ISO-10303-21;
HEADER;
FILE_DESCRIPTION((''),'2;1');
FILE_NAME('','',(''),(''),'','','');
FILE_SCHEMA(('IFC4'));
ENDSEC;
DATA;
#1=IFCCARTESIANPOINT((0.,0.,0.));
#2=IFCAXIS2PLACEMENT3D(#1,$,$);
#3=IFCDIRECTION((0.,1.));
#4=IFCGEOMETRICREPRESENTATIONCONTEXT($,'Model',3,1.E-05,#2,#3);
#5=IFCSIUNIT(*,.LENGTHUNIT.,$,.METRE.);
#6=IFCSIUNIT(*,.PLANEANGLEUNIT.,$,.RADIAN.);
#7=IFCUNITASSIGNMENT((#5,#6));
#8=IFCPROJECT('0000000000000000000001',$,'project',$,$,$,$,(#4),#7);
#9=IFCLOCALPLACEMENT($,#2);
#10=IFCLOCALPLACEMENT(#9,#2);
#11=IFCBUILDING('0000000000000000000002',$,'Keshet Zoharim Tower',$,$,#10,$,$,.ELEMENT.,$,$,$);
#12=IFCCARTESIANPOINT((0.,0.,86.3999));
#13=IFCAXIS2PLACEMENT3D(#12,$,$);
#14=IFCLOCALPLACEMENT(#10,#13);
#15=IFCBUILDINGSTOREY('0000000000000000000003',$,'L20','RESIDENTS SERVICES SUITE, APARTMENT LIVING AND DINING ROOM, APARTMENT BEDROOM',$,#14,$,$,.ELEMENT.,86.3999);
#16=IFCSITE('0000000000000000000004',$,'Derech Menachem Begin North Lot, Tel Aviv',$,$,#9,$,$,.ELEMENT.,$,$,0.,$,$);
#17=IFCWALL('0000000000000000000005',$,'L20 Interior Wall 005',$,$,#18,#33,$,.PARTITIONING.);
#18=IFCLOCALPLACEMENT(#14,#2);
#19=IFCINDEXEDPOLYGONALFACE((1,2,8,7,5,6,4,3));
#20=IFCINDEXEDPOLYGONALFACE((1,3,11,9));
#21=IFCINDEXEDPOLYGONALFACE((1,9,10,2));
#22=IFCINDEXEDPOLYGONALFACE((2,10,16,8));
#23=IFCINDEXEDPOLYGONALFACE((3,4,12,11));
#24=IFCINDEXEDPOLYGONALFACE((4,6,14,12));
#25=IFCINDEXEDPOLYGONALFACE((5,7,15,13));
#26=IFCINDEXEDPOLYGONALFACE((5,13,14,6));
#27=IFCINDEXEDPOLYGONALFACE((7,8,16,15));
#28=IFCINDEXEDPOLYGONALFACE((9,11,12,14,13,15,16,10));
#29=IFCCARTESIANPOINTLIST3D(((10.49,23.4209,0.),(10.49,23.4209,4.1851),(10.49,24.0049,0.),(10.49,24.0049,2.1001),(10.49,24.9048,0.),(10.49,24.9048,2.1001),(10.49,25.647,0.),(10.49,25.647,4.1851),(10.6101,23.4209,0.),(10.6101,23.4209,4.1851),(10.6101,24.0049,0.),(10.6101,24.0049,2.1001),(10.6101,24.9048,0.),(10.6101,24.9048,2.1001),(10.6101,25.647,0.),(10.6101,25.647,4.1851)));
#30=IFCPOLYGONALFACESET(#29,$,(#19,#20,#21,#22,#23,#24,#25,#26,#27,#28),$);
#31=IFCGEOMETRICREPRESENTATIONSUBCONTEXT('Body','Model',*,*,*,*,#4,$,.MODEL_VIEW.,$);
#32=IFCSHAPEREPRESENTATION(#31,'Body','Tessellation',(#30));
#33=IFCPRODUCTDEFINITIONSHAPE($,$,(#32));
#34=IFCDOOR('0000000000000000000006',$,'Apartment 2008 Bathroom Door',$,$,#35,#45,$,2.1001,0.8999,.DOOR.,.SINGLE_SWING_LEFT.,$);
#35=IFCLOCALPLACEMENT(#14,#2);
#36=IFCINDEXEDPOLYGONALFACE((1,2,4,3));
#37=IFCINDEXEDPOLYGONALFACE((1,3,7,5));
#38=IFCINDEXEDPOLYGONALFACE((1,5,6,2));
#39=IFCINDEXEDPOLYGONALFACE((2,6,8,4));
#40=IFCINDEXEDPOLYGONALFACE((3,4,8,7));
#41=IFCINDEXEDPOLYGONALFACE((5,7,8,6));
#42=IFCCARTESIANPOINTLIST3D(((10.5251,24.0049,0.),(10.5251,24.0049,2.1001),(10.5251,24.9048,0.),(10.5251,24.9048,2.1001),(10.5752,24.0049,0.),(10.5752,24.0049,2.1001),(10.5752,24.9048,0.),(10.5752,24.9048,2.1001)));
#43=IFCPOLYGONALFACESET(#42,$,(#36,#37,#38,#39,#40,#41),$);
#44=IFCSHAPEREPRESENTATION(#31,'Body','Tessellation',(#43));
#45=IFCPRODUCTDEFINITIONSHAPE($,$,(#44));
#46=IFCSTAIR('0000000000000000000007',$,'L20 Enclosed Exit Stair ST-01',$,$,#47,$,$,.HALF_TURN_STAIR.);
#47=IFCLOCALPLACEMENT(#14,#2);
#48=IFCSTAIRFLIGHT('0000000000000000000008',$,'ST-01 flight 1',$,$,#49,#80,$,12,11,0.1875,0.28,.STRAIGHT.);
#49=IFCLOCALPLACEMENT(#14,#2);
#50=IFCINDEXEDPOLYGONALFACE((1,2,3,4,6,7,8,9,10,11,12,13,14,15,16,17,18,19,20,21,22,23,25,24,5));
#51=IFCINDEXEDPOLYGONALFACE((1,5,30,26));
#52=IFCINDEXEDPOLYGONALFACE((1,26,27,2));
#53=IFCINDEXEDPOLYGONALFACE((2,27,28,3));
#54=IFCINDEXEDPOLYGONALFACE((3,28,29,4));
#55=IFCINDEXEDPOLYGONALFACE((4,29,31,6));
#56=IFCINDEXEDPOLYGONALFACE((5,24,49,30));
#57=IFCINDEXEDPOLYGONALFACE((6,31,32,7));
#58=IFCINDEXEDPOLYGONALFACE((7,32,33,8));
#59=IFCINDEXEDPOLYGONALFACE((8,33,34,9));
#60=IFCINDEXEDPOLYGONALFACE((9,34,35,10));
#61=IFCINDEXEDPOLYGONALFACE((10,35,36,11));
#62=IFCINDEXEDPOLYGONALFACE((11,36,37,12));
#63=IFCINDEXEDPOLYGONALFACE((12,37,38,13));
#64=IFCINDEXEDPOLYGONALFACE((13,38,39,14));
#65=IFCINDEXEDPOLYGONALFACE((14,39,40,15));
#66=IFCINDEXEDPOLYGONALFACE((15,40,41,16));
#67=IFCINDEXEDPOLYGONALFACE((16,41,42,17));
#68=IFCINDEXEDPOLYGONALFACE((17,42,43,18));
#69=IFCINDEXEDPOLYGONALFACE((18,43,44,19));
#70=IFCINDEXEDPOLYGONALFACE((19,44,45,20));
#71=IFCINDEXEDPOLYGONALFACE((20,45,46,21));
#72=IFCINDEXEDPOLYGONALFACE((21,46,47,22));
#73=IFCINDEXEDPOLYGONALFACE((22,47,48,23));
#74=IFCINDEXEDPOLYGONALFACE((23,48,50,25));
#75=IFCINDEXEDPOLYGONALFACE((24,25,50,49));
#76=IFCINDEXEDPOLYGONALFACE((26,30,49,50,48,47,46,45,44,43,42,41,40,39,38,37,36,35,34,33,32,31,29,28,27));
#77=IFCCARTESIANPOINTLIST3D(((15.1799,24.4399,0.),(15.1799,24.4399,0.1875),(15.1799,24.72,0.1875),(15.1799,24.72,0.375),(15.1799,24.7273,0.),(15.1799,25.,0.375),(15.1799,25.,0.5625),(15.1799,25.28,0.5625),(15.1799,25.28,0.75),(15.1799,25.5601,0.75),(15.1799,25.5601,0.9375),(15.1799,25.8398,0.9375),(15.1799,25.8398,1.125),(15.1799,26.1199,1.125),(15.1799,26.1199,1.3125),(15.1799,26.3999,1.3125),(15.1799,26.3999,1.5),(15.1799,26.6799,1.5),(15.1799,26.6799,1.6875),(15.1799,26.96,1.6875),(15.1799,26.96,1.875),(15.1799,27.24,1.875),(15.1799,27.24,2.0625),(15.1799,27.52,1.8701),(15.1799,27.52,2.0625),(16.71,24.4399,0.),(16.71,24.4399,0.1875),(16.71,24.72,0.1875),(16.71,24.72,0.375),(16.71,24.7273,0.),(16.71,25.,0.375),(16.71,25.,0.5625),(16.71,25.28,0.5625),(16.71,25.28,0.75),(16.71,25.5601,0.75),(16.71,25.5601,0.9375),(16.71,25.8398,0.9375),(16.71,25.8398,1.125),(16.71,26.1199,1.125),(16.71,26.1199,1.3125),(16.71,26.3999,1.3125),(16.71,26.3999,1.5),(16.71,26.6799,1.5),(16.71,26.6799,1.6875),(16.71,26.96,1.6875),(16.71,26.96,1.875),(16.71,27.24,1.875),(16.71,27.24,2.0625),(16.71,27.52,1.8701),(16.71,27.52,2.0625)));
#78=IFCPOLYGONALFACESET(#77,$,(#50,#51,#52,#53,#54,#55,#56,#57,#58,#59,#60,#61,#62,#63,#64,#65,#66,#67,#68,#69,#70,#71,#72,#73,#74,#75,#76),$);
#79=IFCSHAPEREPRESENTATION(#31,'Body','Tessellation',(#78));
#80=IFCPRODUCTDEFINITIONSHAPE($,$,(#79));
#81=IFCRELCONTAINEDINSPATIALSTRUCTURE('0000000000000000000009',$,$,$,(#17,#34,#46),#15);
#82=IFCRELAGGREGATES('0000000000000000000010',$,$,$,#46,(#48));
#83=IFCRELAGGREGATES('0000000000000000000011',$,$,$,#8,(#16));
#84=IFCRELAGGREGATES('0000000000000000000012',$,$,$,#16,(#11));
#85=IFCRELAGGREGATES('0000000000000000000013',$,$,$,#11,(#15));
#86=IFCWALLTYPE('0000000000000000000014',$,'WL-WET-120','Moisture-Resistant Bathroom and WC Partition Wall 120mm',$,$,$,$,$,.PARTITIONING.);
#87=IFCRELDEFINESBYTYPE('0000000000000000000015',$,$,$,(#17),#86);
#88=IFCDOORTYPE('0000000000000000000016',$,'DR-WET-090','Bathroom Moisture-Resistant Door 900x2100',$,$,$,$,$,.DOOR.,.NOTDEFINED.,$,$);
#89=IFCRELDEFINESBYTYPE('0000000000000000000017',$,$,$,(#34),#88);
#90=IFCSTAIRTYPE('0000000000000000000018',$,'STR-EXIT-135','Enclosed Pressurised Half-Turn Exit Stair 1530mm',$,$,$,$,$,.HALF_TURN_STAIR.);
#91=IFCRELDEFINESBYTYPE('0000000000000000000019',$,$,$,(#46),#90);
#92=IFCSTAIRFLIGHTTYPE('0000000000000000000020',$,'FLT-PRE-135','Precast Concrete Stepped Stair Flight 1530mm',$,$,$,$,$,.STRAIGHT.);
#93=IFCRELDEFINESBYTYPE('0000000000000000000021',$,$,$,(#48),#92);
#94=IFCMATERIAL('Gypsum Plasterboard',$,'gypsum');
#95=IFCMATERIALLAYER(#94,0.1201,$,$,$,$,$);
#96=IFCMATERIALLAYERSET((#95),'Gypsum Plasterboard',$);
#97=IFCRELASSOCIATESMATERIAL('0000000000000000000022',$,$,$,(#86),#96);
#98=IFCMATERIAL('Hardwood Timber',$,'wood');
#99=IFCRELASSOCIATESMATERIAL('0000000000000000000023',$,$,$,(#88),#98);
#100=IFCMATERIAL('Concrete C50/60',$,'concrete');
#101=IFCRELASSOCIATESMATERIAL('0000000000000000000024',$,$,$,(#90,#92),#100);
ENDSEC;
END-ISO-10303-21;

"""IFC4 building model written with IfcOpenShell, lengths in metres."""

from ifc_helpers import new_model, si_unit, direction, frame, frame_2d, origin, place, context, subcontext, project, spatial, polyline, rectangle, outline, extrude, material, layer, layer_set, type_object, element, fill, aggregate, save


model = new_model("IFC4")

# Units and contexts
model_context = context("Model", 3, precision=1e-05, world=origin(), true_north=direction((0.0, 1.0)))
body_context = subcontext(model_context, "Body", "Model", "MODEL_VIEW")
ifc_project = project(units=[si_unit("LENGTHUNIT", "METRE"), si_unit("PLANEANGLEUNIT", "RADIAN")], contexts=[model_context])

# Site, building, storey
site_placement = place(None, origin())
site = spatial("IfcSite", under=ifc_project, at=site_placement, Name="Derech Menachem Begin North Lot, Tel Aviv", CompositionType="ELEMENT", RefElevation=0.0)
building_placement = place(site_placement, origin())
building = spatial("IfcBuilding", under=site, at=building_placement, Name="Keshet Zoharim Tower", CompositionType="ELEMENT")
storey_placement = place(building_placement, frame((0.0, 0.0, 86.3999)))
storey = spatial("IfcBuildingStorey", under=building, at=storey_placement, Name="L20", Description="RESIDENTS SERVICES SUITE, APARTMENT LIVING AND DINING ROOM, APARTMENT BEDROOM", CompositionType="ELEMENT", Elevation=86.3999)

# Shared definitions
ifc_material_1 = material(Name="Gypsum Plasterboard", Category="gypsum")

# Shared definitions
ifc_material_2 = material(Name="Concrete C50/60", Category="concrete")
ifc_material_3 = material(Name="Hardwood Timber", Category="wood")

# Wall, opening, door
ifc_layer_1 = layer(ifc_material_1, 0.1201)
ifc_layer_set_1 = layer_set([ifc_layer_1], Name="Gypsum Plasterboard")
wall_type_1 = type_object("IfcWallType", Name="WL-WET-120", Description="Moisture-Resistant Bathroom and WC Partition Wall 120mm", PredefinedType="PARTITIONING", material=ifc_layer_set_1)
wall_1_placement = place(storey_placement, frame((10.55, 23.4209, 0.0), z_axis=(0.0, 0.0, 1.0), x_axis=(0.0, 1.0, 0.0)))
wall_1 = element("IfcWall", 1, at=wall_1_placement, inside=storey, type_object=wall_type_1, Name="L20 Interior Wall 005", PredefinedType="PARTITIONING", context=body_context, shape_type="SweptSolid", body=[
    extrude(rectangle(XDim=2.2261, YDim=0.1201, at=frame_2d((1.113, 0.0))), origin(), (0.0, 0.0, 1.0), 4.1851),
])
opening_1_placement = place(wall_1_placement, frame((0.584, 0.0, 0.0)))
opening_1 = element("IfcOpeningElement", 2, at=opening_1_placement, cuts=wall_1, PredefinedType="OPENING", context=body_context, shape_type="SweptSolid", body=[
    extrude(rectangle(XDim=0.8999, YDim=2.1001, at=frame_2d((0.45, 1.05))), frame((0.0, 0.0701, 0.0), z_axis=(0.0, -1.0, 0.0), x_axis=(1.0, 0.0, 0.0)), (0.0, 0.0, 1.0), 0.1401),
])
door_type_1 = type_object("IfcDoorType", Name="DR-WET-090", Description="Bathroom Moisture-Resistant Door 900x2100", OperationType="NOTDEFINED", PredefinedType="DOOR", material=ifc_material_3)
door_1_placement = place(opening_1_placement, origin())
door_1 = element("IfcDoor", 3, at=door_1_placement, inside=storey, type_object=door_type_1, Name="Apartment 2008 Bathroom Door", OperationType="SINGLE_SWING_LEFT", OverallHeight=2.1001, OverallWidth=0.8999, PredefinedType="DOOR", context=body_context, shape_type="SweptSolid", body=[
    extrude(rectangle(XDim=0.8999, YDim=2.1001, at=frame_2d((0.45, 1.05))), frame((0.0, 0.0249, 0.0), z_axis=(0.0, -1.0, 0.0), x_axis=(1.0, 0.0, 0.0)), (0.0, 0.0, 1.0), 0.05),
])
fill(opening_1, door_1)

# Stair, stair flight
stair_type = type_object("IfcStairType", Name="STR-EXIT-135", Description="Enclosed Pressurised Half-Turn Exit Stair 1530mm", PredefinedType="HALF_TURN_STAIR", material=ifc_material_2)
stair_placement = place(storey_placement, origin())
stair = element("IfcStair", 4, at=stair_placement, inside=storey, type_object=stair_type, Name="L20 Enclosed Exit Stair ST-01", PredefinedType="HALF_TURN_STAIR")
stair_flight_type = type_object("IfcStairFlightType", Name="FLT-PRE-135", Description="Precast Concrete Stepped Stair Flight 1530mm", PredefinedType="STRAIGHT", material=ifc_material_2)
stair_flight_placement = place(storey_placement, frame((15.9451, 24.4399, 0.0), z_axis=(0.0, 0.0, 1.0), x_axis=(0.0, 1.0, 0.0)))
stair_flight = element("IfcStairFlight", 5, at=stair_flight_placement, type_object=stair_flight_type, Name="ST-01 flight 1", NumberOfRisers=12, NumberOfTreads=11, PredefinedType="STRAIGHT", RiserHeight=0.1875, TreadLength=0.28, context=body_context, shape_type="SweptSolid", body=[
    extrude(outline(polyline([(0.0, 0.0), (0.0, 0.1875), (0.28, 0.1875), (0.28, 0.375), (0.5601, 0.375), (0.5601, 0.5625), (0.8401, 0.5625), (0.8401, 0.75), (1.1201, 0.75), (1.1201, 0.9375), (1.3999, 0.9375), (1.3999, 1.125), (1.6799, 1.125), (1.6799, 1.3125), (1.96, 1.3125), (1.96, 1.5), (2.24, 1.5), (2.24, 1.6875), (2.52, 1.6875), (2.52, 1.875), (2.8, 1.875), (2.8, 2.0625), (3.0801, 2.0625), (3.0801, 2.25), (3.0801, 1.8701), (0.2874, 0.0), (0.0, 0.0)])), frame((0.0, 0.7651, 0.0), z_axis=(0.0, -1.0, 0.0), x_axis=(1.0, 0.0, 0.0)), (0.0, 0.0, 1.0), 1.53),
])
aggregate(stair, [stair_flight])

save(model, "model.ifc")
